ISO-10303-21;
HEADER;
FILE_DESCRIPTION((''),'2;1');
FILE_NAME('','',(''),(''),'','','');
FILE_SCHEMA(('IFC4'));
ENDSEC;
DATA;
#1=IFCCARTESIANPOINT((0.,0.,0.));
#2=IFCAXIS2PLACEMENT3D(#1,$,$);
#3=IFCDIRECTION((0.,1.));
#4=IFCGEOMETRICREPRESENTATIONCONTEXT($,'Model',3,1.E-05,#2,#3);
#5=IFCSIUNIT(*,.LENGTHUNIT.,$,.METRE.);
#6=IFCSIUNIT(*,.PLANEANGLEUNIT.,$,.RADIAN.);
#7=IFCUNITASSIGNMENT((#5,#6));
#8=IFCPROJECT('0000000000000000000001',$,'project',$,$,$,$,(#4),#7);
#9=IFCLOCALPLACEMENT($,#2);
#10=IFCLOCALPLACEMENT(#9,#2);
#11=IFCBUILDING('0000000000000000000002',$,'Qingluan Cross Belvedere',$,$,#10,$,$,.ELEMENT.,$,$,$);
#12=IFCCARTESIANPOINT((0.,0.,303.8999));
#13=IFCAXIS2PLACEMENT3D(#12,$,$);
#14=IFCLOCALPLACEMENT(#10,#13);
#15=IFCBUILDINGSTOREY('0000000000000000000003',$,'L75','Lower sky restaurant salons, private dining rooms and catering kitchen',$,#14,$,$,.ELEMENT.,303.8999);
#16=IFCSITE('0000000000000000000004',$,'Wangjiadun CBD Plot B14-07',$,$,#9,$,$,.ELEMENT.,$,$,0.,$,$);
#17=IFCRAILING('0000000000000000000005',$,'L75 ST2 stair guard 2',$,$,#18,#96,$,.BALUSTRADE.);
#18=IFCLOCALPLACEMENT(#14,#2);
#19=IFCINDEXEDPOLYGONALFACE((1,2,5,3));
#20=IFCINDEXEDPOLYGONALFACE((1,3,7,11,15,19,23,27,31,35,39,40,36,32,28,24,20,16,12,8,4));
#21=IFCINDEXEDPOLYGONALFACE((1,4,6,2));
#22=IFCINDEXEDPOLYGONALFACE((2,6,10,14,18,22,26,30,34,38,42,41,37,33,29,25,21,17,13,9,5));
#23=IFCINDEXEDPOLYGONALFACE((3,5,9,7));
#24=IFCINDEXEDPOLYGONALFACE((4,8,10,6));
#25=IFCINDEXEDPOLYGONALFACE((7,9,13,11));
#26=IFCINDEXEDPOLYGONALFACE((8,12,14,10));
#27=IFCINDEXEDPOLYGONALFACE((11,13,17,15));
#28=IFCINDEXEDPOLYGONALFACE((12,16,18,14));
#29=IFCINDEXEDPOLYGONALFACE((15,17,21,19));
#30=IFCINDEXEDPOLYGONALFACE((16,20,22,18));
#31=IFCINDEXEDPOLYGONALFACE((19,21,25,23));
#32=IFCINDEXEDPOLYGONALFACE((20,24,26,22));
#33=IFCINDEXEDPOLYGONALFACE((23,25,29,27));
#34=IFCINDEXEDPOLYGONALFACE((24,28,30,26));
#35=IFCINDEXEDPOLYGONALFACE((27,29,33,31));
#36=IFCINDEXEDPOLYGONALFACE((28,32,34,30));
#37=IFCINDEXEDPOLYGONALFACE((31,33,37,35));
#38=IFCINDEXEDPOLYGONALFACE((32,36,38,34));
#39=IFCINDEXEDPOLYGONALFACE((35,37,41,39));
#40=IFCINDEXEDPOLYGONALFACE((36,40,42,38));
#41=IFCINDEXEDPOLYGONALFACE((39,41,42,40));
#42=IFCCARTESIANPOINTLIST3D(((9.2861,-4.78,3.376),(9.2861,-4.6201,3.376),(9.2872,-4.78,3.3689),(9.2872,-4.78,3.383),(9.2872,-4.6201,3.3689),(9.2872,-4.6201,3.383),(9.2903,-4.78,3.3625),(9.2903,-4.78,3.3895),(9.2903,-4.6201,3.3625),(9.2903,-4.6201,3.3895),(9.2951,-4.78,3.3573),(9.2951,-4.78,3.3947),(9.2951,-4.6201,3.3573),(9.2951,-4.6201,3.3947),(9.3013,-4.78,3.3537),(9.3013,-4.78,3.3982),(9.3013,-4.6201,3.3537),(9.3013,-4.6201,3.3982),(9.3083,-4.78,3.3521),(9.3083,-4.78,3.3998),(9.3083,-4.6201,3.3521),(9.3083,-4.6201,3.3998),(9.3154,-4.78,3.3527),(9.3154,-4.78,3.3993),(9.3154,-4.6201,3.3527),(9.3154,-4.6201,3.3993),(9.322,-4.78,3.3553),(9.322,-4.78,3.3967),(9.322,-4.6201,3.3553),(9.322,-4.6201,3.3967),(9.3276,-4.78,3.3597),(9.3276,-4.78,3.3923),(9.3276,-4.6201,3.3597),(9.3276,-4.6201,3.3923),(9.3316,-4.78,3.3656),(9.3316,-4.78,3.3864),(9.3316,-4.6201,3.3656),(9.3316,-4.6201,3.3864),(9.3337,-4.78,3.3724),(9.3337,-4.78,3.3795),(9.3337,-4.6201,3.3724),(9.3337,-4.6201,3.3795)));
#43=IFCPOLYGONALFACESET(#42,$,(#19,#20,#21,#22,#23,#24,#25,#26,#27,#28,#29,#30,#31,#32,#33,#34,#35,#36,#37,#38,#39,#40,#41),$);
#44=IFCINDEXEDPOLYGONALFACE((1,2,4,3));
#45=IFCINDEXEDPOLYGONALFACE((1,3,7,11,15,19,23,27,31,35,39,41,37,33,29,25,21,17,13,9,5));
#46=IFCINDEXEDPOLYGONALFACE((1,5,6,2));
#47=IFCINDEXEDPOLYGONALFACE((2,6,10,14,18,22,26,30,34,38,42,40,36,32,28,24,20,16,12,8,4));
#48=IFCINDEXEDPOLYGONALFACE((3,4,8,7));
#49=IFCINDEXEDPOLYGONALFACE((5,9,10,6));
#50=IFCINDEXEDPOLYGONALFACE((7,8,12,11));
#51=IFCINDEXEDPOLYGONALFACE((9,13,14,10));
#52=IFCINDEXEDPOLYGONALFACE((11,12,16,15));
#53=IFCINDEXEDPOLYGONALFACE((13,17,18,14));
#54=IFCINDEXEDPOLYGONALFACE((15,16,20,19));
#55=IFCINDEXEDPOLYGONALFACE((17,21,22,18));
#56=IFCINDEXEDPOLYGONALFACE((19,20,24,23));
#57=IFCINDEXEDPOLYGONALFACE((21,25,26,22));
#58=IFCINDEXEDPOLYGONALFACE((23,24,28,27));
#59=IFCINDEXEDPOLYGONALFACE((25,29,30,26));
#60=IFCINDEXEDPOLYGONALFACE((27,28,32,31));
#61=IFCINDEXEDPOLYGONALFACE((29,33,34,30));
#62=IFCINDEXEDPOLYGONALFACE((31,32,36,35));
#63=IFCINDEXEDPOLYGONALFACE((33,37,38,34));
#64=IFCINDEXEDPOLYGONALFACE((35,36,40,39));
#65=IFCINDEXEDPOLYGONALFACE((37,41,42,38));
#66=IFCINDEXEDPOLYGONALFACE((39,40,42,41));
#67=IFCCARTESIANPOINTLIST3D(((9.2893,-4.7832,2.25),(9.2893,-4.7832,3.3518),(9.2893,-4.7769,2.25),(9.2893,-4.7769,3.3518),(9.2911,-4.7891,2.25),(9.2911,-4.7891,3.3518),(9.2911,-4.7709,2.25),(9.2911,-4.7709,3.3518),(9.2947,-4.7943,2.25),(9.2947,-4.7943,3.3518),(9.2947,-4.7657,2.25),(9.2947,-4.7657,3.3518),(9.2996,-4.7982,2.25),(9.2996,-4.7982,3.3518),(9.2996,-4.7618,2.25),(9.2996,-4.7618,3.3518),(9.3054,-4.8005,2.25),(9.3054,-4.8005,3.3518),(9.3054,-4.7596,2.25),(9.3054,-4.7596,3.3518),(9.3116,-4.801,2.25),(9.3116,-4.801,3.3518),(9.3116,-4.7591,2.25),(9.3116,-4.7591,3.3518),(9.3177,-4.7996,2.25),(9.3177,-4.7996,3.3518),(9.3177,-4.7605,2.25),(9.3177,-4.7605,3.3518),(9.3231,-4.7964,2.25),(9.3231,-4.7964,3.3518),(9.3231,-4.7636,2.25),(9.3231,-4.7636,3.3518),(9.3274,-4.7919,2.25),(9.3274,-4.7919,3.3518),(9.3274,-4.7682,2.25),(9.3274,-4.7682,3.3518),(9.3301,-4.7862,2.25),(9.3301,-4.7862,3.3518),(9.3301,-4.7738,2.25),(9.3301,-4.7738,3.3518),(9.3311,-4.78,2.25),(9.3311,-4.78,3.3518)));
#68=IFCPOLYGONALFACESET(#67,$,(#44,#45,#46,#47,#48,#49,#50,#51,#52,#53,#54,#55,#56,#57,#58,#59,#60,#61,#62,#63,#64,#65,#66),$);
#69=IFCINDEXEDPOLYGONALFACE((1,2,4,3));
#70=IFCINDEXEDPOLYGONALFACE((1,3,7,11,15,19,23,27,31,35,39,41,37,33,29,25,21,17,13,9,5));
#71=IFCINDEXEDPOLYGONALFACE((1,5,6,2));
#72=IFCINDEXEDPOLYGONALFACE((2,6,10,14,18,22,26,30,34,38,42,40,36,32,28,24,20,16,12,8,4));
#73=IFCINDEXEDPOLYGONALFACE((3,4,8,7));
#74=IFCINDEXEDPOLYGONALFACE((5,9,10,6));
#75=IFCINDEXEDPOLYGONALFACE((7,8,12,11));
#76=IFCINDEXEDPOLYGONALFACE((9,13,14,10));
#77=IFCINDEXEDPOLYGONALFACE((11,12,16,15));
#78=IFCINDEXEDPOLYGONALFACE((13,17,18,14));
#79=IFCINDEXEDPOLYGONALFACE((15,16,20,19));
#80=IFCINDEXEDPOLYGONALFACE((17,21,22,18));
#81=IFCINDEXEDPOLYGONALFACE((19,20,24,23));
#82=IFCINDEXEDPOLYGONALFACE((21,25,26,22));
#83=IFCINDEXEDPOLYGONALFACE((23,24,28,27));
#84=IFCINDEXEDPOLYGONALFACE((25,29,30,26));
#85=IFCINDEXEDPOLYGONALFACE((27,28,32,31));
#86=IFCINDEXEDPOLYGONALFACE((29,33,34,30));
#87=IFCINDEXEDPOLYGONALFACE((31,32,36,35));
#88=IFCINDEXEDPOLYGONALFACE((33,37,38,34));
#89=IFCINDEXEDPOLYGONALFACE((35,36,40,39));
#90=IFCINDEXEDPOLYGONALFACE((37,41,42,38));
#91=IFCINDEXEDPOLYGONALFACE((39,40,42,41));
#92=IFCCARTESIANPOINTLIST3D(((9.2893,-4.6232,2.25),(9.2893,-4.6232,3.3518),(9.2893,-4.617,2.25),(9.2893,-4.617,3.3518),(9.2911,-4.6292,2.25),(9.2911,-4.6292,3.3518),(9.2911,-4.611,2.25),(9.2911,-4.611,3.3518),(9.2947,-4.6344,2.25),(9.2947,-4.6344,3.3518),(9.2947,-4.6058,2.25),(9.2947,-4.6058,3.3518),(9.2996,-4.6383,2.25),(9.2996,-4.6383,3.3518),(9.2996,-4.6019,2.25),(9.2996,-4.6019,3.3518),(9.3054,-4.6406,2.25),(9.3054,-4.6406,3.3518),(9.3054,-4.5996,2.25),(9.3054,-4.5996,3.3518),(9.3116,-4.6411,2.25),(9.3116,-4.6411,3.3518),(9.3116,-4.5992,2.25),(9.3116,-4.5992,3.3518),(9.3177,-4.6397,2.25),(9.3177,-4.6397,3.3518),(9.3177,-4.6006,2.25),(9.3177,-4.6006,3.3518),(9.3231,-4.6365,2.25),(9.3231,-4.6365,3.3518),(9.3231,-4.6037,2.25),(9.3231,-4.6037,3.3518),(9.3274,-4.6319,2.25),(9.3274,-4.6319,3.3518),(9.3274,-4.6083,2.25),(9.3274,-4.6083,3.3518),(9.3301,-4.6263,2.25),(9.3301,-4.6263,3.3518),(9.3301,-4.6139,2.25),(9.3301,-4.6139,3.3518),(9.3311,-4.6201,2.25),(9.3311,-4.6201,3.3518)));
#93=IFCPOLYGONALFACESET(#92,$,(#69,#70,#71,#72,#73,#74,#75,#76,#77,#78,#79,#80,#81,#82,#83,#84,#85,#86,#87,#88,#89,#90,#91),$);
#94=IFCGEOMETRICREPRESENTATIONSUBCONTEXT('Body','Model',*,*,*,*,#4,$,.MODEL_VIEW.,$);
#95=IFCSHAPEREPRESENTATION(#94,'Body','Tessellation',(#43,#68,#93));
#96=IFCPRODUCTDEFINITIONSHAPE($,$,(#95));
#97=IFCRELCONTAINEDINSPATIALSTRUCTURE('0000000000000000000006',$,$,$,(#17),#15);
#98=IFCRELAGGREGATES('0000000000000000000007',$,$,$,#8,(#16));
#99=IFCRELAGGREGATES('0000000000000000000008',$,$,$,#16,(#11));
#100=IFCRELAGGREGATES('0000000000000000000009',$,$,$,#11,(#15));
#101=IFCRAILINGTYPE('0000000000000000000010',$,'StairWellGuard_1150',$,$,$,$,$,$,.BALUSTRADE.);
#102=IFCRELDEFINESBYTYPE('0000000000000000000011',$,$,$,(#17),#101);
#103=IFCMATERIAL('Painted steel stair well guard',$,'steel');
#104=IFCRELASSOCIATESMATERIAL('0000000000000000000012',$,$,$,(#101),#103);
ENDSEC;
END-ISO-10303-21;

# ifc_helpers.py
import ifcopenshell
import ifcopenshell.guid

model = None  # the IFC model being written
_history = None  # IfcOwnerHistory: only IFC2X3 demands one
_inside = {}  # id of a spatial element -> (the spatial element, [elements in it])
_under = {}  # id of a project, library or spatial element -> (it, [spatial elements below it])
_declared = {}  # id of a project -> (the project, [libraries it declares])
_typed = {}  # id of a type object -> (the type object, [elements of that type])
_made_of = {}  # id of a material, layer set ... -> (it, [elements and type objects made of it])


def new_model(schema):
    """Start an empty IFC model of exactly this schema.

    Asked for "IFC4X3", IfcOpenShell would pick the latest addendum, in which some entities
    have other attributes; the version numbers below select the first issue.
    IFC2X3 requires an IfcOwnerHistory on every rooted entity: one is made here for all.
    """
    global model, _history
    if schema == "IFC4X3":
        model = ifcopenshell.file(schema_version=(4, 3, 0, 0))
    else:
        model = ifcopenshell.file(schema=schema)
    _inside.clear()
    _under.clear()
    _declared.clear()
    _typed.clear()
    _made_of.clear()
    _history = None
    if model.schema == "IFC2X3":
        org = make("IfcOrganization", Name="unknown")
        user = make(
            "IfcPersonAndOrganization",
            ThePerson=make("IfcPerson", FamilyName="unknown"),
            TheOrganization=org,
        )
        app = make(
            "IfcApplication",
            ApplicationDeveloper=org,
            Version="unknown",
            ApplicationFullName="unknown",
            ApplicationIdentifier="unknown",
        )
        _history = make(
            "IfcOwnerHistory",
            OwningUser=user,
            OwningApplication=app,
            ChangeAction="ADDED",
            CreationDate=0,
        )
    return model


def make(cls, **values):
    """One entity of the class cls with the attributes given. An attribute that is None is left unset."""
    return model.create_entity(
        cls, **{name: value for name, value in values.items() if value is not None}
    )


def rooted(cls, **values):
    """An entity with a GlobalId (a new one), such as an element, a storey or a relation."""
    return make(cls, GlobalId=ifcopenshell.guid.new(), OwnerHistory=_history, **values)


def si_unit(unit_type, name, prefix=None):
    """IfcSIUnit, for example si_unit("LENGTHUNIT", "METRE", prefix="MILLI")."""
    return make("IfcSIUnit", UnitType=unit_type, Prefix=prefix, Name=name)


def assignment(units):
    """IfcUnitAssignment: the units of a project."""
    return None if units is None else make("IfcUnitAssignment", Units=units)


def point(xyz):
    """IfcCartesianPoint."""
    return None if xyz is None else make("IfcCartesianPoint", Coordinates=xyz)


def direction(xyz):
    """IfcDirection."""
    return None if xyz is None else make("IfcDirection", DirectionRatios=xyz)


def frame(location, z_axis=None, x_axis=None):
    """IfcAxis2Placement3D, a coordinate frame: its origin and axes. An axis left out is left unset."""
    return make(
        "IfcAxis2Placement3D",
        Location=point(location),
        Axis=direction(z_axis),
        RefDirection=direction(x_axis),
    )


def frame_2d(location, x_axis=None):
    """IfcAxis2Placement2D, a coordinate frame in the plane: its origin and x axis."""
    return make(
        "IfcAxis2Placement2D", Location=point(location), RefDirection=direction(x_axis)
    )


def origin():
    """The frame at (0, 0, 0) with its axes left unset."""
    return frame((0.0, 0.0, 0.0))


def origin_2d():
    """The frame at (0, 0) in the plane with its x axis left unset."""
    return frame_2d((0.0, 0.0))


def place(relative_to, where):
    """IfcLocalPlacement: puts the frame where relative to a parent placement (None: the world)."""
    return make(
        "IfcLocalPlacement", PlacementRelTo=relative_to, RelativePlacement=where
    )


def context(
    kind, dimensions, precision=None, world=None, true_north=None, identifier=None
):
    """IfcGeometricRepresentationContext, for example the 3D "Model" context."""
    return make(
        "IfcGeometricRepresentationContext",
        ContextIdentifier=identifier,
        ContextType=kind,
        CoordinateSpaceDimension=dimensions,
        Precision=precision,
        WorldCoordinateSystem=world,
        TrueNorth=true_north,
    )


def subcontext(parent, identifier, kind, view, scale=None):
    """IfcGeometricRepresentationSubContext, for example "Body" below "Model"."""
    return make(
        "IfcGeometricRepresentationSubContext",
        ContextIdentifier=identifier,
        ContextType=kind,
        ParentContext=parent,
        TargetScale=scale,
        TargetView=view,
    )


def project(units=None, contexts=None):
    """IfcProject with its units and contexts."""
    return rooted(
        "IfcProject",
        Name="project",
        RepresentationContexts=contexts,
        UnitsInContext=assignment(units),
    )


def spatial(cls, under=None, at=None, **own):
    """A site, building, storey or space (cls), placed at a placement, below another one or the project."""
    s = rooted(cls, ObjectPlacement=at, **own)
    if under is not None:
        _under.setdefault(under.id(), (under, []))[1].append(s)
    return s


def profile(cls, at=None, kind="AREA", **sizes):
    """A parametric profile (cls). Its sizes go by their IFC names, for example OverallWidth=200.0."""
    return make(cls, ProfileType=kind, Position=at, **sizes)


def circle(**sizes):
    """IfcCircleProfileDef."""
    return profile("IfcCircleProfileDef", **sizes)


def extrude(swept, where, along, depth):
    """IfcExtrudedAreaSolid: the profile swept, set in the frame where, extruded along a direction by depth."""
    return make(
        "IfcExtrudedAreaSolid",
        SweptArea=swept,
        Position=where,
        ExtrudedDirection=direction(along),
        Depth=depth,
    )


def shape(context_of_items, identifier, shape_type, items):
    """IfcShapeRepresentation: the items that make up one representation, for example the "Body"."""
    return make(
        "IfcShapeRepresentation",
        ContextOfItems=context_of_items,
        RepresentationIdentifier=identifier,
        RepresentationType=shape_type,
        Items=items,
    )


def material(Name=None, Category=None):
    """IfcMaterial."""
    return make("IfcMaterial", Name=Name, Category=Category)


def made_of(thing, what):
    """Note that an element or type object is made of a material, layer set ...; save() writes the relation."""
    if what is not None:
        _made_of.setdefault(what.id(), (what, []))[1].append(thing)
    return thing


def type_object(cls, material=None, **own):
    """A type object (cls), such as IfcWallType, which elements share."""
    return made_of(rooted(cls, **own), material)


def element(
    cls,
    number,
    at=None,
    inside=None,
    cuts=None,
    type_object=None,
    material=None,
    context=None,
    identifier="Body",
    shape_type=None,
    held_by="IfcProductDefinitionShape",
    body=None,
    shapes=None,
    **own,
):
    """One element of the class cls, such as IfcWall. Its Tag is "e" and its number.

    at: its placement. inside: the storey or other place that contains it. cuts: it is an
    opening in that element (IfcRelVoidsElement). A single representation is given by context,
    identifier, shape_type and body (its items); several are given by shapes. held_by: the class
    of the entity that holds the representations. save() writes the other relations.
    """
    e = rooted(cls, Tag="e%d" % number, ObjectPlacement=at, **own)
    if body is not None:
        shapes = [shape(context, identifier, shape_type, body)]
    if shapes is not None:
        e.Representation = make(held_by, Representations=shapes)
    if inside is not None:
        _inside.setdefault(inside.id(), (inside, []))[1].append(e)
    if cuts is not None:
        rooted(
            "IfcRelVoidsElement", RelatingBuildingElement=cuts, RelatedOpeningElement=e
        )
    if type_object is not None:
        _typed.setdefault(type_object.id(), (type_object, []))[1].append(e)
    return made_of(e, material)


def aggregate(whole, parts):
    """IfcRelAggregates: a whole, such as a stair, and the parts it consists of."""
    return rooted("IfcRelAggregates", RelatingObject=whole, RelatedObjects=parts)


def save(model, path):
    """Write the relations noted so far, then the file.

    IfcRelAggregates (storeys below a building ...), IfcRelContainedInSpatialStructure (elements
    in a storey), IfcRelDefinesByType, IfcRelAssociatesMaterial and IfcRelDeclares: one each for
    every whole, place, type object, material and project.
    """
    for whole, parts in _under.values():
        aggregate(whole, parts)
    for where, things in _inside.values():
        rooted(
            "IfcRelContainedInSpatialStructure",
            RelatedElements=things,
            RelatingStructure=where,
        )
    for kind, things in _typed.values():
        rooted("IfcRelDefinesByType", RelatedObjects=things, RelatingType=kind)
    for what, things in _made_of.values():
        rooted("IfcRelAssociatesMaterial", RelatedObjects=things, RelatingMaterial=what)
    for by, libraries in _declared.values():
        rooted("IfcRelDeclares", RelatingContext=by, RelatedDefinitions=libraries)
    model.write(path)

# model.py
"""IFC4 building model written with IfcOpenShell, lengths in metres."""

from ifc_helpers import new_model, si_unit, direction, frame, origin, origin_2d, place, context, subcontext, project, spatial, circle, extrude, material, type_object, element, save


model = new_model("IFC4")

# Units and contexts
model_context = context("Model", 3, precision=1e-05, world=origin(), true_north=direction((0.0, 1.0)))
body_context = subcontext(model_context, "Body", "Model", "MODEL_VIEW")
ifc_project = project(units=[si_unit("LENGTHUNIT", "METRE"), si_unit("PLANEANGLEUNIT", "RADIAN")], contexts=[model_context])

# Site, building, storey
site_placement = place(None, origin())
site = spatial("IfcSite", under=ifc_project, at=site_placement, Name="Wangjiadun CBD Plot B14-07", CompositionType="ELEMENT", RefElevation=0.0)
building_placement = place(site_placement, origin())
building = spatial("IfcBuilding", under=site, at=building_placement, Name="Qingluan Cross Belvedere", CompositionType="ELEMENT")
storey_placement = place(building_placement, frame((0.0, 0.0, 303.8999)))
storey = spatial("IfcBuildingStorey", under=building, at=storey_placement, Name="L75", Description="Lower sky restaurant salons, private dining rooms and catering kitchen", CompositionType="ELEMENT", Elevation=303.8999)

# Railing
ifc_material_1 = material(Name="Painted steel stair well guard", Category="steel")
railing_type_1 = type_object("IfcRailingType", Name="StairWellGuard_1150", PredefinedType="BALUSTRADE", material=ifc_material_1)
railing_1_placement = place(storey_placement, frame((9.3101, -4.78, 2.25)))
element("IfcRailing", 1, at=railing_1_placement, inside=storey, type_object=railing_type_1, Name="L75 ST2 stair guard 2", PredefinedType="BALUSTRADE", context=body_context, shape_type="SweptSolid", body=[
    extrude(circle(Radius=0.0239, at=origin_2d()), frame((0.0, 0.0, 1.126), z_axis=(0.0, 1.0, 0.0), x_axis=(-1.0, 0.0, 0.0)), (0.0, 0.0, 1.0), 0.1599),
    extrude(circle(Radius=0.021, at=origin_2d()), origin(), (0.0, 0.0, 1.0), 1.1018),
    extrude(circle(Radius=0.021, at=origin_2d()), frame((0.0, 0.1599, 0.0)), (0.0, 0.0, 1.0), 1.1018),
])

save(model, "model.ifc")
